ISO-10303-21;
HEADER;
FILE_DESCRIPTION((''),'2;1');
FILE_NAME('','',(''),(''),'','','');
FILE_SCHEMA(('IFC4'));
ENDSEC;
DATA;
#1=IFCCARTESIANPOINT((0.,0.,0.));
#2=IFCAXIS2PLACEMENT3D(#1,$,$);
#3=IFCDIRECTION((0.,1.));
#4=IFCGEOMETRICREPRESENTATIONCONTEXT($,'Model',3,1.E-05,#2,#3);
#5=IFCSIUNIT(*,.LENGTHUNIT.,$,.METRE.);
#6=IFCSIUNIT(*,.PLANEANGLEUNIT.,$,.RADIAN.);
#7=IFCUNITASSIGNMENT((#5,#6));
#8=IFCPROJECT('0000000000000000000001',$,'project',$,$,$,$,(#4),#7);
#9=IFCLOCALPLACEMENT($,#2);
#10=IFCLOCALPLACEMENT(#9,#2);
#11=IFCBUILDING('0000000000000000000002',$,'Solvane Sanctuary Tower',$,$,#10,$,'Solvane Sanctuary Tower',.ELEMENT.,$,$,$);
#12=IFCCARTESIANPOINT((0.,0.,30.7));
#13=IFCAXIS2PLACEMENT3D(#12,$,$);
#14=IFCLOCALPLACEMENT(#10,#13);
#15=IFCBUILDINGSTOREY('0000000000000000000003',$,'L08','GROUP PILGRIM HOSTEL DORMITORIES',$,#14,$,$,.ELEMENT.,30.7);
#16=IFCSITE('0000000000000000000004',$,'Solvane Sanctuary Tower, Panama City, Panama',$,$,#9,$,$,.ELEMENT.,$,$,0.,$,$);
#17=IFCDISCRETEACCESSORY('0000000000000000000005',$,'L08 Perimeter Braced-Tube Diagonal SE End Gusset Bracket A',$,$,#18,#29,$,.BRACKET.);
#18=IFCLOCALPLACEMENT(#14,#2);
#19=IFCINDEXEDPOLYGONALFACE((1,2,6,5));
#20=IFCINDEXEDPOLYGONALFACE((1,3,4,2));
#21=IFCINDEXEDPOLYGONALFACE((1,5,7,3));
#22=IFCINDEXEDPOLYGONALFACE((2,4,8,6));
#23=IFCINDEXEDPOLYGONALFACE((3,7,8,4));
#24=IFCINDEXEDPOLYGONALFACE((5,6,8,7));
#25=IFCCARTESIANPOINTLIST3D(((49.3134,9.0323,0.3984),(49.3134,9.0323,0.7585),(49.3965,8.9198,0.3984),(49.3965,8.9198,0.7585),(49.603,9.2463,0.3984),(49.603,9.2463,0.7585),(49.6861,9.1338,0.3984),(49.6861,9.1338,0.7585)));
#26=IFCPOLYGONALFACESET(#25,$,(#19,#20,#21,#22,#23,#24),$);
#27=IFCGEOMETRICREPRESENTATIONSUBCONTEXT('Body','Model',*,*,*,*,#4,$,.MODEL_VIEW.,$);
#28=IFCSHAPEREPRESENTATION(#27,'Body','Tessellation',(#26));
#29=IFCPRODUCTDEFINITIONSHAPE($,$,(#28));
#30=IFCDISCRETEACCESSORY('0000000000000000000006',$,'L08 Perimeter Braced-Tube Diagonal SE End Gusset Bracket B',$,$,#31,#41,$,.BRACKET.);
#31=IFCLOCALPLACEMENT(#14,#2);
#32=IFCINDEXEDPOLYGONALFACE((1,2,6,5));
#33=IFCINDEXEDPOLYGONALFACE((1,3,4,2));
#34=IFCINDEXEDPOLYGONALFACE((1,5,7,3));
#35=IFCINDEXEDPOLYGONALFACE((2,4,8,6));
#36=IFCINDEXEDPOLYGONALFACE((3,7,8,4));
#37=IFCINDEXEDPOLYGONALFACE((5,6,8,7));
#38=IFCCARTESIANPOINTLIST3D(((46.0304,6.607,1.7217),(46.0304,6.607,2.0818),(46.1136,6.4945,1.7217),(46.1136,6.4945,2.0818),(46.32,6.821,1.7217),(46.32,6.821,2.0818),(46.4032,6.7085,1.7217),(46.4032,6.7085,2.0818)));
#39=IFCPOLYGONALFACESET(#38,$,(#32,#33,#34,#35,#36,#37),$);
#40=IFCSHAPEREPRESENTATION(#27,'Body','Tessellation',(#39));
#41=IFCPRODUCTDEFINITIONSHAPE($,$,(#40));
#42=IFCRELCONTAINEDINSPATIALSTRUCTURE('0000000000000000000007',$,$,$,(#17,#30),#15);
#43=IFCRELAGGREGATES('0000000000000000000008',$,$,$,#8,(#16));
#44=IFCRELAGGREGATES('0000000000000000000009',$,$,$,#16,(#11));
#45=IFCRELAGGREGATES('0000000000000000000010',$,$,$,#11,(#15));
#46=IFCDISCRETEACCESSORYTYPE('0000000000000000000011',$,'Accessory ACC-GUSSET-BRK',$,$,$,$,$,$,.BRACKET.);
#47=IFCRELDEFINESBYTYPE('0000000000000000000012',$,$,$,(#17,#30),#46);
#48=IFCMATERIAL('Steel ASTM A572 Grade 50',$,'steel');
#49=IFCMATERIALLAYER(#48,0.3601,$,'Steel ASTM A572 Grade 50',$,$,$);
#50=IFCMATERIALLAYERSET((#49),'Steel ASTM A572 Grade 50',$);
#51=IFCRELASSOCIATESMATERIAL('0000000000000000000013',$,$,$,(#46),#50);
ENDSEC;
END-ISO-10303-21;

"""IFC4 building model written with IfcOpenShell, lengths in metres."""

from ifc_helpers import new_model, si_unit, direction, frame, origin, origin_2d, place, context, subcontext, project, spatial, rectangle, extrude, material, layer, layer_set, type_object, element, save


model = new_model("IFC4")

# Units and contexts
model_context = context("Model", 3, precision=1e-05, world=origin(), true_north=direction((0.0, 1.0)))
body_context = subcontext(model_context, "Body", "Model", "MODEL_VIEW")
ifc_project = project(units=[si_unit("LENGTHUNIT", "METRE"), si_unit("PLANEANGLEUNIT", "RADIAN")], contexts=[model_context])

# Site, building, storey
site_placement = place(None, origin())
site = spatial("IfcSite", under=ifc_project, at=site_placement, Name="Solvane Sanctuary Tower, Panama City, Panama", CompositionType="ELEMENT", RefElevation=0.0)
building_placement = place(site_placement, origin())
building = spatial("IfcBuilding", under=site, at=building_placement, Name="Solvane Sanctuary Tower", LongName="Solvane Sanctuary Tower", CompositionType="ELEMENT")
storey_placement = place(building_placement, frame((0.0, 0.0, 30.7)))
storey = spatial("IfcBuildingStorey", under=building, at=storey_placement, Name="L08", Description="GROUP PILGRIM HOSTEL DORMITORIES", CompositionType="ELEMENT", Elevation=30.7)

# Discrete accessories
ifc_material_1 = material(Name="Steel ASTM A572 Grade 50", Category="steel")
ifc_layer_1 = layer(ifc_material_1, 0.3601, Name="Steel ASTM A572 Grade 50")
ifc_layer_set_1 = layer_set([ifc_layer_1], Name="Steel ASTM A572 Grade 50")
discrete_accessory_type = type_object("IfcDiscreteAccessoryType", Name="Accessory ACC-GUSSET-BRK", PredefinedType="BRACKET", material=ifc_layer_set_1)
for number, where, z_axis, x_axis, name in (
    (1, (49.4998, 9.083, 0.3984), (0.0, 0.0, 1.0), (-0.804272, -0.594261, 0.0), "L08 Perimeter Braced-Tube Diagonal SE End Gusset Bracket A"),
    (2, (46.2168, 6.6577, 1.7217), (0.0, 0.0, 1.0), (-0.804272, -0.594261, 0.0), "L08 Perimeter Braced-Tube Diagonal SE End Gusset Bracket B"),
):
    element("IfcDiscreteAccessory", number, at=place(storey_placement, frame(where, z_axis=z_axis, x_axis=x_axis)), inside=storey, type_object=discrete_accessory_type, Name=name, PredefinedType="BRACKET", context=body_context, shape_type="SweptSolid", body=[
        extrude(rectangle(XDim=0.3601, YDim=0.1399, at=origin_2d()), origin(), (0.0, 0.0, 1.0), 0.3601),
    ])

save(model, "model.ifc")
